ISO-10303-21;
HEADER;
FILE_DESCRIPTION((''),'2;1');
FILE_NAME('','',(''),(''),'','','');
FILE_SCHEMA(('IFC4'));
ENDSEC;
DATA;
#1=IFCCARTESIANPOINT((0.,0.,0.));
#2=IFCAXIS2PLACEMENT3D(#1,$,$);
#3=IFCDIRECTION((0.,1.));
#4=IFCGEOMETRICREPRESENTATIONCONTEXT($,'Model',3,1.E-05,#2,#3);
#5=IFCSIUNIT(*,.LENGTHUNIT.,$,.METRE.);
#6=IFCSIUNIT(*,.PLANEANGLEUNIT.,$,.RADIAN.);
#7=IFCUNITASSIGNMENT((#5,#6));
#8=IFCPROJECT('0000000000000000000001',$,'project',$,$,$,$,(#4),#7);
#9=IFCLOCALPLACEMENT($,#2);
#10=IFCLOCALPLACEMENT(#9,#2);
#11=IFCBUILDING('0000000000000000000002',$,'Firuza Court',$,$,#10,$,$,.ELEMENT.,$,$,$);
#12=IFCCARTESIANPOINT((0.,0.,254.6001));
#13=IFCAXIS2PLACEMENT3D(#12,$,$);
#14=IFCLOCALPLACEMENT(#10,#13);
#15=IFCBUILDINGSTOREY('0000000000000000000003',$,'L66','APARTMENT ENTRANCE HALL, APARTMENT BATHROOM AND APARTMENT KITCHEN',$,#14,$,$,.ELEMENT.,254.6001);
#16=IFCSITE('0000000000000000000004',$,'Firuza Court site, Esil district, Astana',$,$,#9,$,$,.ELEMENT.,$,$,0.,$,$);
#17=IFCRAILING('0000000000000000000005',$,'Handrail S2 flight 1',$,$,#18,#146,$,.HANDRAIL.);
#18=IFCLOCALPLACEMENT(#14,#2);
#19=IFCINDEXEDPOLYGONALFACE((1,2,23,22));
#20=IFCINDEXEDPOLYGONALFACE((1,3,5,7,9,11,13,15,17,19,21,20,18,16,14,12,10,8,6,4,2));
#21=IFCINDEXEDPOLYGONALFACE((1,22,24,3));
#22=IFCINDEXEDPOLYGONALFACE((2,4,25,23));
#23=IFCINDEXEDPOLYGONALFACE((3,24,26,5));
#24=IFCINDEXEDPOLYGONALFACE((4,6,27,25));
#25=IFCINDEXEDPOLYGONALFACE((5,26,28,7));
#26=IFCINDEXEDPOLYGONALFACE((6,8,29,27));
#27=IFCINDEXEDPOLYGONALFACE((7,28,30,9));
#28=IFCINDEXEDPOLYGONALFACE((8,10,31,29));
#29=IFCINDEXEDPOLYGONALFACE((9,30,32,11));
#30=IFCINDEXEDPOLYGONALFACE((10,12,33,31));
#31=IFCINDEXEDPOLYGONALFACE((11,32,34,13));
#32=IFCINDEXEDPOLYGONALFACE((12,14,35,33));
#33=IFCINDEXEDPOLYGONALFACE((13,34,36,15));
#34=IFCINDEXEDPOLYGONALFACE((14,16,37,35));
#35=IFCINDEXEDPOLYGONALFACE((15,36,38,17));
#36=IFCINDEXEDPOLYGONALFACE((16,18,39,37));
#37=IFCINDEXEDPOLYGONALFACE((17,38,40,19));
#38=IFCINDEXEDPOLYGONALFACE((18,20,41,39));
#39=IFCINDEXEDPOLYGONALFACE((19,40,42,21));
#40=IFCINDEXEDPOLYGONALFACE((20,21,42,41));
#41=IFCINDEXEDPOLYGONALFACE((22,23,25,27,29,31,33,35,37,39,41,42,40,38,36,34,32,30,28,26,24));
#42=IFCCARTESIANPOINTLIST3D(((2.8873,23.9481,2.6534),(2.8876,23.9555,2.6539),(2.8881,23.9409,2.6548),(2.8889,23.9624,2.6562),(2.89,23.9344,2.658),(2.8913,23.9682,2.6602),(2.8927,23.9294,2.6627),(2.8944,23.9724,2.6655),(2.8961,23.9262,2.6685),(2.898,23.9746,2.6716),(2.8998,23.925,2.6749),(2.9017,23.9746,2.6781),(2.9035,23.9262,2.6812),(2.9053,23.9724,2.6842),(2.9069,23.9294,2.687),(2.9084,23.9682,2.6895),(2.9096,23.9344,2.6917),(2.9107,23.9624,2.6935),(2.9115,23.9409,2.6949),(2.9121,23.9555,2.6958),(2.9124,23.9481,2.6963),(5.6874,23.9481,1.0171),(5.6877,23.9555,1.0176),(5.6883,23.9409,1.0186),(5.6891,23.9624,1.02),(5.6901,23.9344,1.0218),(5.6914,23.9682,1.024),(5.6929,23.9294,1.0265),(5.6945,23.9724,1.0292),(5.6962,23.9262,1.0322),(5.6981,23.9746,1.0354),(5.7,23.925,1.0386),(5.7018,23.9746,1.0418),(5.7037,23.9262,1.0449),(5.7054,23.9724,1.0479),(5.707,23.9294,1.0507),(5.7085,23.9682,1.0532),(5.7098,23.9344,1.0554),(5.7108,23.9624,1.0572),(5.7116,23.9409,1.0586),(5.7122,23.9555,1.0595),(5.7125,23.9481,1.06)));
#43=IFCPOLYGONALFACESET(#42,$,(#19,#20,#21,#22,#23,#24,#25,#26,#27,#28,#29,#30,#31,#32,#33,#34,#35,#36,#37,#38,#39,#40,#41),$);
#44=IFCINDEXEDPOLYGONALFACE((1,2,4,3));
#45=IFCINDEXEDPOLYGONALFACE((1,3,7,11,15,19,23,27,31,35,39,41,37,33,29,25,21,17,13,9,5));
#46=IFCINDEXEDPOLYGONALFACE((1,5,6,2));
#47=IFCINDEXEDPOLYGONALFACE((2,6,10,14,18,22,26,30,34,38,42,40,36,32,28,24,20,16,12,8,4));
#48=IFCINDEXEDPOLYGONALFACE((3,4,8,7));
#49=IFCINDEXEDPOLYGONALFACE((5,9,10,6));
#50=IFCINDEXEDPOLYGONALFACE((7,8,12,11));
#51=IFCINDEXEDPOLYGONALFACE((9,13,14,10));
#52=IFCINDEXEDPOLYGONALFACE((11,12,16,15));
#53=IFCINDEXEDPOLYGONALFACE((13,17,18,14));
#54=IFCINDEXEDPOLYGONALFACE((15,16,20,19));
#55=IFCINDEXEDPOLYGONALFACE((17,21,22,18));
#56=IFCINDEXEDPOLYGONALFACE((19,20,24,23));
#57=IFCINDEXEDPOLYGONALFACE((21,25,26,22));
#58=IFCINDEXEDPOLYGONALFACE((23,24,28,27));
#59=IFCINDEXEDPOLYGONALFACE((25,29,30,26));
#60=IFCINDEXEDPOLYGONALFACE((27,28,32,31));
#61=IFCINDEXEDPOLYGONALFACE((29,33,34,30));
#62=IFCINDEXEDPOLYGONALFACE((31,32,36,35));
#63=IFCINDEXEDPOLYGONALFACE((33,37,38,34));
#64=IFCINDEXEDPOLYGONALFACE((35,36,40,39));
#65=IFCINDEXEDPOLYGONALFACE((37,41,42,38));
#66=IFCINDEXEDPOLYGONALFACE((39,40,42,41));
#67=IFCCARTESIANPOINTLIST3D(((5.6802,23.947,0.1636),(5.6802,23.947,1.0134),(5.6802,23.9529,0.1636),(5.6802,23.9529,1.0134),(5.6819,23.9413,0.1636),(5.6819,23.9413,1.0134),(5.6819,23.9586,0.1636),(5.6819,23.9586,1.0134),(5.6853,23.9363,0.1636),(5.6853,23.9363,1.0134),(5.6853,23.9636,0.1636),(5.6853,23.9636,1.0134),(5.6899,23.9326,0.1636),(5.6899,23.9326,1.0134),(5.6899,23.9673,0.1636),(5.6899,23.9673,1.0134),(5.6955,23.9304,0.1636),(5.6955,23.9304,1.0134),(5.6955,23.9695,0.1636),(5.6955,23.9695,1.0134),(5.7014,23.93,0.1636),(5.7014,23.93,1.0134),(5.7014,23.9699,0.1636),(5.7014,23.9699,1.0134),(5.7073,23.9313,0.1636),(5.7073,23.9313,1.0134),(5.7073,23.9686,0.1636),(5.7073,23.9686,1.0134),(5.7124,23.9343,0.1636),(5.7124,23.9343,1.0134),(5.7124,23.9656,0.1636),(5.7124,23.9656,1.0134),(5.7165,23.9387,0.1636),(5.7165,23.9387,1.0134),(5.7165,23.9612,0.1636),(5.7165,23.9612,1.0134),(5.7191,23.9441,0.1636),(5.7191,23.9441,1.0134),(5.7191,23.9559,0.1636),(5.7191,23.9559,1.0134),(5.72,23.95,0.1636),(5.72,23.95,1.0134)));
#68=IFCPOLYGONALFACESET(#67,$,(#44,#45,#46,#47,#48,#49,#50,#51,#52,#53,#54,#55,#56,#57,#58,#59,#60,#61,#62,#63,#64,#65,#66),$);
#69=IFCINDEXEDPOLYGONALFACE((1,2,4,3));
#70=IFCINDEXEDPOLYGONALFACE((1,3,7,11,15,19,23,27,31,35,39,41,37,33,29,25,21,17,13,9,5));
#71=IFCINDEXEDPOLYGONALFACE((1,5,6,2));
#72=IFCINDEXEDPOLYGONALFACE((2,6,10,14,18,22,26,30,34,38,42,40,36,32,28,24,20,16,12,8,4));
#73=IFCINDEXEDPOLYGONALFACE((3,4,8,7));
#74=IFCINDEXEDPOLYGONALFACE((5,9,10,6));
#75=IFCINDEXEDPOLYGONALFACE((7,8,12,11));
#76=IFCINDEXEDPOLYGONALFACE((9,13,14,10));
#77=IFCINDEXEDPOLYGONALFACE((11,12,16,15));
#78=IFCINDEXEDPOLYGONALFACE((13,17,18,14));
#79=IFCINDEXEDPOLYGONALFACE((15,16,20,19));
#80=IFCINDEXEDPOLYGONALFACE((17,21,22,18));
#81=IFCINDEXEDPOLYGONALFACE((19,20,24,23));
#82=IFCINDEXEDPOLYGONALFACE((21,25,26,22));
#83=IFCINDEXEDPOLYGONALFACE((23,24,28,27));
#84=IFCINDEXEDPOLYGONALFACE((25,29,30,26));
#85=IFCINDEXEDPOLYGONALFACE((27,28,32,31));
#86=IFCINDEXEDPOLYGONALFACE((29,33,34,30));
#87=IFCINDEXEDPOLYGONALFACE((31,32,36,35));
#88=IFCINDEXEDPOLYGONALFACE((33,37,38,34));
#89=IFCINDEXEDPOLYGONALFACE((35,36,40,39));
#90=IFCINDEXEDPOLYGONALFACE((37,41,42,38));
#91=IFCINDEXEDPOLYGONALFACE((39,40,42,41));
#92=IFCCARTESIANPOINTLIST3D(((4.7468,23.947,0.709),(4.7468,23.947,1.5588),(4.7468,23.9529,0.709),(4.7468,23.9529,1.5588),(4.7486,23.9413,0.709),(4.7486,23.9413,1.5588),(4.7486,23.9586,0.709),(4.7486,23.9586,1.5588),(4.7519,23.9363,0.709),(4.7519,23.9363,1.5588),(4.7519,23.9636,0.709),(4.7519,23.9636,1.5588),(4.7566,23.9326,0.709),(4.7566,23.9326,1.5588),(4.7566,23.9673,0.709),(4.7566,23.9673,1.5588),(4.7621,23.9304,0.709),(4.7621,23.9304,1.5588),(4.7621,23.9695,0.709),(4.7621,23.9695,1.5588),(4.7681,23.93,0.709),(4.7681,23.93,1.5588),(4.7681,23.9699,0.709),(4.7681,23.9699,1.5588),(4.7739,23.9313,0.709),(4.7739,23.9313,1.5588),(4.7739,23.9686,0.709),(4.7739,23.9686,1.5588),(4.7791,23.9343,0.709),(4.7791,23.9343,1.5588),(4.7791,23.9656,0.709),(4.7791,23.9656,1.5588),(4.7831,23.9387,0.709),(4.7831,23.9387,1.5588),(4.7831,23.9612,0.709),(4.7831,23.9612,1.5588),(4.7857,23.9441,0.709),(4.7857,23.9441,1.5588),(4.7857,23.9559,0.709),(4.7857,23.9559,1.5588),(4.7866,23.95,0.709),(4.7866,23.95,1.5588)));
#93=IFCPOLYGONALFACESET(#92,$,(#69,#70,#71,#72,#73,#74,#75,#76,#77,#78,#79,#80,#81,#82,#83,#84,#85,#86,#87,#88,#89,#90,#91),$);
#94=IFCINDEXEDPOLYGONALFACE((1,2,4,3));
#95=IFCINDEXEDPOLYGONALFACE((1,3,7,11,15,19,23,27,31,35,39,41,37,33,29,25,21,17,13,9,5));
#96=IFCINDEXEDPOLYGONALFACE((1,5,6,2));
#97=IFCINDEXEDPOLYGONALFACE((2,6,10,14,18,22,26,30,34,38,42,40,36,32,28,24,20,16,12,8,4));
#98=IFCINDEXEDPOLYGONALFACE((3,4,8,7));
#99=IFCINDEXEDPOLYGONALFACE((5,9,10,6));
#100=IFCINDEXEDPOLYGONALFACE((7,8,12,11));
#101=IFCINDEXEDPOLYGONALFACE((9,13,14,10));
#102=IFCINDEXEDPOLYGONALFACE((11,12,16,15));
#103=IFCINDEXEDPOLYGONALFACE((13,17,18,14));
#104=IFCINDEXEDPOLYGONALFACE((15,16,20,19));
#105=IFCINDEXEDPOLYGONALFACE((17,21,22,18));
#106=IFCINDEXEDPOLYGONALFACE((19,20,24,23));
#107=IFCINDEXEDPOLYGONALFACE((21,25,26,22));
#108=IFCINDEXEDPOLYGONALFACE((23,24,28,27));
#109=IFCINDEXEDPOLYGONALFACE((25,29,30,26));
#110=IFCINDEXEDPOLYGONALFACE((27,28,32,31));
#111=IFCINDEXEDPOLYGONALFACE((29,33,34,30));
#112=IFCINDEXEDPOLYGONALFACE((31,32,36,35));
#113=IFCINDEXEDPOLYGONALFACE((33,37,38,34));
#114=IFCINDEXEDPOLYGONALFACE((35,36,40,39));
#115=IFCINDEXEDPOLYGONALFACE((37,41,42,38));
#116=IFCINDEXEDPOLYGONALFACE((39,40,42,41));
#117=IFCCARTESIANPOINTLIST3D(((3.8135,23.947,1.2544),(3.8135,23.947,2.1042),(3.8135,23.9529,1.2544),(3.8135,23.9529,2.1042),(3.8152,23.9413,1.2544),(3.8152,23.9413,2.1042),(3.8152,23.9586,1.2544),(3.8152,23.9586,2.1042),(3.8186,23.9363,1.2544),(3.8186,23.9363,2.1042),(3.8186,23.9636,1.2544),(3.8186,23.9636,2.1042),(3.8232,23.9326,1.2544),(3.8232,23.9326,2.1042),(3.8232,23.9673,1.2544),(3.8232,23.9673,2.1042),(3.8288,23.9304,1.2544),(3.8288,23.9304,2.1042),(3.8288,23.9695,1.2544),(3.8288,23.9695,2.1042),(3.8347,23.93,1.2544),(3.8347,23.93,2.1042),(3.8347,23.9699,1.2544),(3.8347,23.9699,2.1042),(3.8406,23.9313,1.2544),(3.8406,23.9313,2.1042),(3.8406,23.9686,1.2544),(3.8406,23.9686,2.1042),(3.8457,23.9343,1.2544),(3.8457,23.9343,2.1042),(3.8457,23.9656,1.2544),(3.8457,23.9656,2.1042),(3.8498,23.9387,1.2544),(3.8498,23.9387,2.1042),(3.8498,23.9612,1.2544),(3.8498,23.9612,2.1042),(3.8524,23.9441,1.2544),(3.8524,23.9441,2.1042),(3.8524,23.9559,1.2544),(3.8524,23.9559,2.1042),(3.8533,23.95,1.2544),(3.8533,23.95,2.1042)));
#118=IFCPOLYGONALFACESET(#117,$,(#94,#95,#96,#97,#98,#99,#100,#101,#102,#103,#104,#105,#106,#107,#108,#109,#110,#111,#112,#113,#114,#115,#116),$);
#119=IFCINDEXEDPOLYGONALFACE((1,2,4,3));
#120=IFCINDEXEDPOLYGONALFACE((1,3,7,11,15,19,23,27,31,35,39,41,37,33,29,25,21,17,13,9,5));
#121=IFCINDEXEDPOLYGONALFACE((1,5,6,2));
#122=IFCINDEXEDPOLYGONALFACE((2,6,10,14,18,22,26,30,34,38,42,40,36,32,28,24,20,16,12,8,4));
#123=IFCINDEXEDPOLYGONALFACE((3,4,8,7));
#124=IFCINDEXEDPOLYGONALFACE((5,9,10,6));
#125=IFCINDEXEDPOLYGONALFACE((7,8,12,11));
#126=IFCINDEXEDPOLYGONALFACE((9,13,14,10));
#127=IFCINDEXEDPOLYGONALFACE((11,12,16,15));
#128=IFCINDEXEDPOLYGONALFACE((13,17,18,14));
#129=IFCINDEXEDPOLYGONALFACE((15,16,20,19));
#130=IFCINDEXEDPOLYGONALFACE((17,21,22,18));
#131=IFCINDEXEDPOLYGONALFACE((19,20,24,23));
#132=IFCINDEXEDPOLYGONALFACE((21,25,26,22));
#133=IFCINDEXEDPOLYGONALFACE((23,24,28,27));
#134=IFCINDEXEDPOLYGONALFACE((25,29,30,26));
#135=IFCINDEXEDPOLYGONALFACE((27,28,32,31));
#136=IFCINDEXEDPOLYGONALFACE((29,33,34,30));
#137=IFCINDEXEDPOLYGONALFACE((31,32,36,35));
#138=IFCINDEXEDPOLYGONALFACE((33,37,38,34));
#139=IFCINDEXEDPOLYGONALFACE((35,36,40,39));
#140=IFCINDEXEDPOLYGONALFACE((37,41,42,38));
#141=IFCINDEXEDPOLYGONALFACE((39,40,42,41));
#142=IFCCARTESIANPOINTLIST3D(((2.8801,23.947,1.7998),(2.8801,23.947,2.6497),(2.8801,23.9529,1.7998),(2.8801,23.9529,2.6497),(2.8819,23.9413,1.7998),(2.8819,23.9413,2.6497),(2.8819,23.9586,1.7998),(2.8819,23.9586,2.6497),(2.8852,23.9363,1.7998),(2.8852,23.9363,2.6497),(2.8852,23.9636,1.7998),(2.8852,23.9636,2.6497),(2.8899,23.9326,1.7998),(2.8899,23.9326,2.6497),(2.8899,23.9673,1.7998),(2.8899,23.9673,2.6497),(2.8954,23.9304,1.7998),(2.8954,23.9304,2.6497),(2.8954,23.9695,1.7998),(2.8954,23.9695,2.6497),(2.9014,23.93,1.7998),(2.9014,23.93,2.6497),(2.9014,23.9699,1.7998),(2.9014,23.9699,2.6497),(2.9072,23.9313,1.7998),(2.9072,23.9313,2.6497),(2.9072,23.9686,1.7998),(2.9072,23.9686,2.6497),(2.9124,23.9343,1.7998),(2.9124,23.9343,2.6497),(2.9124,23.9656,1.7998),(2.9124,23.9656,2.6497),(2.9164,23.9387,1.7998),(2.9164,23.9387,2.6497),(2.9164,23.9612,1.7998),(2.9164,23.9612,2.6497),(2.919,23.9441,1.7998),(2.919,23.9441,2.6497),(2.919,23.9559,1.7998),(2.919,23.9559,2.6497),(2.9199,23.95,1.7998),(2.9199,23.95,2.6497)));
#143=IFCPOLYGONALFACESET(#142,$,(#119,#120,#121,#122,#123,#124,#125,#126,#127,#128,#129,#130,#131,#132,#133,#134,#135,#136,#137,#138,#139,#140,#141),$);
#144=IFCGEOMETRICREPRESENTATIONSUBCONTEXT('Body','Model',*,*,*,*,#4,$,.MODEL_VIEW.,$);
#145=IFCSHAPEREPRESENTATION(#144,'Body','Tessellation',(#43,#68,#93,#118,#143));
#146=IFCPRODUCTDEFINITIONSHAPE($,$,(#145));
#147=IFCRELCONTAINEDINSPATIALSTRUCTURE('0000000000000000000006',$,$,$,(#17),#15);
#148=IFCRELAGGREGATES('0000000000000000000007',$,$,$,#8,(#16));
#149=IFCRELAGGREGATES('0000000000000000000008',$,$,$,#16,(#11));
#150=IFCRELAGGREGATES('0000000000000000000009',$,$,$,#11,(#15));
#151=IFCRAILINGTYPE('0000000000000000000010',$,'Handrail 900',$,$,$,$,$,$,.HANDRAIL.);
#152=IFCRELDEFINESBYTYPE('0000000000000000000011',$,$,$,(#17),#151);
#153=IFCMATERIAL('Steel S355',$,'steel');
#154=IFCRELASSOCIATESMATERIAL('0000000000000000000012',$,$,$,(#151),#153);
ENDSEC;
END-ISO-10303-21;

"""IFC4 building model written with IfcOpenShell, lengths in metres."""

from ifc_helpers import new_model, si_unit, direction, frame, origin, origin_2d, place, context, subcontext, project, spatial, circle, extrude, material, type_object, element, save


model = new_model("IFC4")

# Units and contexts
model_context = context("Model", 3, precision=1e-05, world=origin(), true_north=direction((0.0, 1.0)))
body_context = subcontext(model_context, "Body", "Model", "MODEL_VIEW")
ifc_project = project(units=[si_unit("LENGTHUNIT", "METRE"), si_unit("PLANEANGLEUNIT", "RADIAN")], contexts=[model_context])

# Site, building, storey
site_placement = place(None, origin())
site = spatial("IfcSite", under=ifc_project, at=site_placement, Name="Firuza Court site, Esil district, Astana", CompositionType="ELEMENT", RefElevation=0.0)
building_placement = place(site_placement, origin())
building = spatial("IfcBuilding", under=site, at=building_placement, Name="Firuza Court", CompositionType="ELEMENT")
storey_placement = place(building_placement, frame((0.0, 0.0, 254.6001)))
storey = spatial("IfcBuildingStorey", under=building, at=storey_placement, Name="L66", Description="APARTMENT ENTRANCE HALL, APARTMENT BATHROOM AND APARTMENT KITCHEN", CompositionType="ELEMENT", Elevation=254.6001)

# Railing
ifc_material_1 = material(Name="Steel S355", Category="steel")
railing_type_1 = type_object("IfcRailingType", Name="Handrail 900", PredefinedType="HANDRAIL", material=ifc_material_1)
railing_1_placement = place(storey_placement, frame((5.7, 23.95, 0.1636)))
element("IfcRailing", 1, at=railing_1_placement, inside=storey, type_object=railing_type_1, Name="Handrail S2 flight 1", PredefinedType="HANDRAIL", context=body_context, shape_type="SweptSolid", body=[
    extrude(circle(Radius=0.0249, at=origin_2d()), frame((0.0, 0.0, 0.875), z_axis=(-0.863394, 0.0, 0.504531), x_axis=(0.0, -1.0, 0.0)), (0.0, 0.0, 1.0), 3.2432),
    extrude(circle(Radius=0.02, at=origin_2d()), origin(), (0.0, 0.0, 1.0), 0.8499),
    extrude(circle(Radius=0.02, at=origin_2d()), frame((-0.9333, 0.0, 0.5454)), (0.0, 0.0, 1.0), 0.8499),
    extrude(circle(Radius=0.02, at=origin_2d()), frame((-1.8667, 0.0, 1.0908)), (0.0, 0.0, 1.0), 0.8499),
    extrude(circle(Radius=0.02, at=origin_2d()), frame((-2.8, 0.0, 1.6362)), (0.0, 0.0, 1.0), 0.8499),
])

save(model, "model.ifc")
